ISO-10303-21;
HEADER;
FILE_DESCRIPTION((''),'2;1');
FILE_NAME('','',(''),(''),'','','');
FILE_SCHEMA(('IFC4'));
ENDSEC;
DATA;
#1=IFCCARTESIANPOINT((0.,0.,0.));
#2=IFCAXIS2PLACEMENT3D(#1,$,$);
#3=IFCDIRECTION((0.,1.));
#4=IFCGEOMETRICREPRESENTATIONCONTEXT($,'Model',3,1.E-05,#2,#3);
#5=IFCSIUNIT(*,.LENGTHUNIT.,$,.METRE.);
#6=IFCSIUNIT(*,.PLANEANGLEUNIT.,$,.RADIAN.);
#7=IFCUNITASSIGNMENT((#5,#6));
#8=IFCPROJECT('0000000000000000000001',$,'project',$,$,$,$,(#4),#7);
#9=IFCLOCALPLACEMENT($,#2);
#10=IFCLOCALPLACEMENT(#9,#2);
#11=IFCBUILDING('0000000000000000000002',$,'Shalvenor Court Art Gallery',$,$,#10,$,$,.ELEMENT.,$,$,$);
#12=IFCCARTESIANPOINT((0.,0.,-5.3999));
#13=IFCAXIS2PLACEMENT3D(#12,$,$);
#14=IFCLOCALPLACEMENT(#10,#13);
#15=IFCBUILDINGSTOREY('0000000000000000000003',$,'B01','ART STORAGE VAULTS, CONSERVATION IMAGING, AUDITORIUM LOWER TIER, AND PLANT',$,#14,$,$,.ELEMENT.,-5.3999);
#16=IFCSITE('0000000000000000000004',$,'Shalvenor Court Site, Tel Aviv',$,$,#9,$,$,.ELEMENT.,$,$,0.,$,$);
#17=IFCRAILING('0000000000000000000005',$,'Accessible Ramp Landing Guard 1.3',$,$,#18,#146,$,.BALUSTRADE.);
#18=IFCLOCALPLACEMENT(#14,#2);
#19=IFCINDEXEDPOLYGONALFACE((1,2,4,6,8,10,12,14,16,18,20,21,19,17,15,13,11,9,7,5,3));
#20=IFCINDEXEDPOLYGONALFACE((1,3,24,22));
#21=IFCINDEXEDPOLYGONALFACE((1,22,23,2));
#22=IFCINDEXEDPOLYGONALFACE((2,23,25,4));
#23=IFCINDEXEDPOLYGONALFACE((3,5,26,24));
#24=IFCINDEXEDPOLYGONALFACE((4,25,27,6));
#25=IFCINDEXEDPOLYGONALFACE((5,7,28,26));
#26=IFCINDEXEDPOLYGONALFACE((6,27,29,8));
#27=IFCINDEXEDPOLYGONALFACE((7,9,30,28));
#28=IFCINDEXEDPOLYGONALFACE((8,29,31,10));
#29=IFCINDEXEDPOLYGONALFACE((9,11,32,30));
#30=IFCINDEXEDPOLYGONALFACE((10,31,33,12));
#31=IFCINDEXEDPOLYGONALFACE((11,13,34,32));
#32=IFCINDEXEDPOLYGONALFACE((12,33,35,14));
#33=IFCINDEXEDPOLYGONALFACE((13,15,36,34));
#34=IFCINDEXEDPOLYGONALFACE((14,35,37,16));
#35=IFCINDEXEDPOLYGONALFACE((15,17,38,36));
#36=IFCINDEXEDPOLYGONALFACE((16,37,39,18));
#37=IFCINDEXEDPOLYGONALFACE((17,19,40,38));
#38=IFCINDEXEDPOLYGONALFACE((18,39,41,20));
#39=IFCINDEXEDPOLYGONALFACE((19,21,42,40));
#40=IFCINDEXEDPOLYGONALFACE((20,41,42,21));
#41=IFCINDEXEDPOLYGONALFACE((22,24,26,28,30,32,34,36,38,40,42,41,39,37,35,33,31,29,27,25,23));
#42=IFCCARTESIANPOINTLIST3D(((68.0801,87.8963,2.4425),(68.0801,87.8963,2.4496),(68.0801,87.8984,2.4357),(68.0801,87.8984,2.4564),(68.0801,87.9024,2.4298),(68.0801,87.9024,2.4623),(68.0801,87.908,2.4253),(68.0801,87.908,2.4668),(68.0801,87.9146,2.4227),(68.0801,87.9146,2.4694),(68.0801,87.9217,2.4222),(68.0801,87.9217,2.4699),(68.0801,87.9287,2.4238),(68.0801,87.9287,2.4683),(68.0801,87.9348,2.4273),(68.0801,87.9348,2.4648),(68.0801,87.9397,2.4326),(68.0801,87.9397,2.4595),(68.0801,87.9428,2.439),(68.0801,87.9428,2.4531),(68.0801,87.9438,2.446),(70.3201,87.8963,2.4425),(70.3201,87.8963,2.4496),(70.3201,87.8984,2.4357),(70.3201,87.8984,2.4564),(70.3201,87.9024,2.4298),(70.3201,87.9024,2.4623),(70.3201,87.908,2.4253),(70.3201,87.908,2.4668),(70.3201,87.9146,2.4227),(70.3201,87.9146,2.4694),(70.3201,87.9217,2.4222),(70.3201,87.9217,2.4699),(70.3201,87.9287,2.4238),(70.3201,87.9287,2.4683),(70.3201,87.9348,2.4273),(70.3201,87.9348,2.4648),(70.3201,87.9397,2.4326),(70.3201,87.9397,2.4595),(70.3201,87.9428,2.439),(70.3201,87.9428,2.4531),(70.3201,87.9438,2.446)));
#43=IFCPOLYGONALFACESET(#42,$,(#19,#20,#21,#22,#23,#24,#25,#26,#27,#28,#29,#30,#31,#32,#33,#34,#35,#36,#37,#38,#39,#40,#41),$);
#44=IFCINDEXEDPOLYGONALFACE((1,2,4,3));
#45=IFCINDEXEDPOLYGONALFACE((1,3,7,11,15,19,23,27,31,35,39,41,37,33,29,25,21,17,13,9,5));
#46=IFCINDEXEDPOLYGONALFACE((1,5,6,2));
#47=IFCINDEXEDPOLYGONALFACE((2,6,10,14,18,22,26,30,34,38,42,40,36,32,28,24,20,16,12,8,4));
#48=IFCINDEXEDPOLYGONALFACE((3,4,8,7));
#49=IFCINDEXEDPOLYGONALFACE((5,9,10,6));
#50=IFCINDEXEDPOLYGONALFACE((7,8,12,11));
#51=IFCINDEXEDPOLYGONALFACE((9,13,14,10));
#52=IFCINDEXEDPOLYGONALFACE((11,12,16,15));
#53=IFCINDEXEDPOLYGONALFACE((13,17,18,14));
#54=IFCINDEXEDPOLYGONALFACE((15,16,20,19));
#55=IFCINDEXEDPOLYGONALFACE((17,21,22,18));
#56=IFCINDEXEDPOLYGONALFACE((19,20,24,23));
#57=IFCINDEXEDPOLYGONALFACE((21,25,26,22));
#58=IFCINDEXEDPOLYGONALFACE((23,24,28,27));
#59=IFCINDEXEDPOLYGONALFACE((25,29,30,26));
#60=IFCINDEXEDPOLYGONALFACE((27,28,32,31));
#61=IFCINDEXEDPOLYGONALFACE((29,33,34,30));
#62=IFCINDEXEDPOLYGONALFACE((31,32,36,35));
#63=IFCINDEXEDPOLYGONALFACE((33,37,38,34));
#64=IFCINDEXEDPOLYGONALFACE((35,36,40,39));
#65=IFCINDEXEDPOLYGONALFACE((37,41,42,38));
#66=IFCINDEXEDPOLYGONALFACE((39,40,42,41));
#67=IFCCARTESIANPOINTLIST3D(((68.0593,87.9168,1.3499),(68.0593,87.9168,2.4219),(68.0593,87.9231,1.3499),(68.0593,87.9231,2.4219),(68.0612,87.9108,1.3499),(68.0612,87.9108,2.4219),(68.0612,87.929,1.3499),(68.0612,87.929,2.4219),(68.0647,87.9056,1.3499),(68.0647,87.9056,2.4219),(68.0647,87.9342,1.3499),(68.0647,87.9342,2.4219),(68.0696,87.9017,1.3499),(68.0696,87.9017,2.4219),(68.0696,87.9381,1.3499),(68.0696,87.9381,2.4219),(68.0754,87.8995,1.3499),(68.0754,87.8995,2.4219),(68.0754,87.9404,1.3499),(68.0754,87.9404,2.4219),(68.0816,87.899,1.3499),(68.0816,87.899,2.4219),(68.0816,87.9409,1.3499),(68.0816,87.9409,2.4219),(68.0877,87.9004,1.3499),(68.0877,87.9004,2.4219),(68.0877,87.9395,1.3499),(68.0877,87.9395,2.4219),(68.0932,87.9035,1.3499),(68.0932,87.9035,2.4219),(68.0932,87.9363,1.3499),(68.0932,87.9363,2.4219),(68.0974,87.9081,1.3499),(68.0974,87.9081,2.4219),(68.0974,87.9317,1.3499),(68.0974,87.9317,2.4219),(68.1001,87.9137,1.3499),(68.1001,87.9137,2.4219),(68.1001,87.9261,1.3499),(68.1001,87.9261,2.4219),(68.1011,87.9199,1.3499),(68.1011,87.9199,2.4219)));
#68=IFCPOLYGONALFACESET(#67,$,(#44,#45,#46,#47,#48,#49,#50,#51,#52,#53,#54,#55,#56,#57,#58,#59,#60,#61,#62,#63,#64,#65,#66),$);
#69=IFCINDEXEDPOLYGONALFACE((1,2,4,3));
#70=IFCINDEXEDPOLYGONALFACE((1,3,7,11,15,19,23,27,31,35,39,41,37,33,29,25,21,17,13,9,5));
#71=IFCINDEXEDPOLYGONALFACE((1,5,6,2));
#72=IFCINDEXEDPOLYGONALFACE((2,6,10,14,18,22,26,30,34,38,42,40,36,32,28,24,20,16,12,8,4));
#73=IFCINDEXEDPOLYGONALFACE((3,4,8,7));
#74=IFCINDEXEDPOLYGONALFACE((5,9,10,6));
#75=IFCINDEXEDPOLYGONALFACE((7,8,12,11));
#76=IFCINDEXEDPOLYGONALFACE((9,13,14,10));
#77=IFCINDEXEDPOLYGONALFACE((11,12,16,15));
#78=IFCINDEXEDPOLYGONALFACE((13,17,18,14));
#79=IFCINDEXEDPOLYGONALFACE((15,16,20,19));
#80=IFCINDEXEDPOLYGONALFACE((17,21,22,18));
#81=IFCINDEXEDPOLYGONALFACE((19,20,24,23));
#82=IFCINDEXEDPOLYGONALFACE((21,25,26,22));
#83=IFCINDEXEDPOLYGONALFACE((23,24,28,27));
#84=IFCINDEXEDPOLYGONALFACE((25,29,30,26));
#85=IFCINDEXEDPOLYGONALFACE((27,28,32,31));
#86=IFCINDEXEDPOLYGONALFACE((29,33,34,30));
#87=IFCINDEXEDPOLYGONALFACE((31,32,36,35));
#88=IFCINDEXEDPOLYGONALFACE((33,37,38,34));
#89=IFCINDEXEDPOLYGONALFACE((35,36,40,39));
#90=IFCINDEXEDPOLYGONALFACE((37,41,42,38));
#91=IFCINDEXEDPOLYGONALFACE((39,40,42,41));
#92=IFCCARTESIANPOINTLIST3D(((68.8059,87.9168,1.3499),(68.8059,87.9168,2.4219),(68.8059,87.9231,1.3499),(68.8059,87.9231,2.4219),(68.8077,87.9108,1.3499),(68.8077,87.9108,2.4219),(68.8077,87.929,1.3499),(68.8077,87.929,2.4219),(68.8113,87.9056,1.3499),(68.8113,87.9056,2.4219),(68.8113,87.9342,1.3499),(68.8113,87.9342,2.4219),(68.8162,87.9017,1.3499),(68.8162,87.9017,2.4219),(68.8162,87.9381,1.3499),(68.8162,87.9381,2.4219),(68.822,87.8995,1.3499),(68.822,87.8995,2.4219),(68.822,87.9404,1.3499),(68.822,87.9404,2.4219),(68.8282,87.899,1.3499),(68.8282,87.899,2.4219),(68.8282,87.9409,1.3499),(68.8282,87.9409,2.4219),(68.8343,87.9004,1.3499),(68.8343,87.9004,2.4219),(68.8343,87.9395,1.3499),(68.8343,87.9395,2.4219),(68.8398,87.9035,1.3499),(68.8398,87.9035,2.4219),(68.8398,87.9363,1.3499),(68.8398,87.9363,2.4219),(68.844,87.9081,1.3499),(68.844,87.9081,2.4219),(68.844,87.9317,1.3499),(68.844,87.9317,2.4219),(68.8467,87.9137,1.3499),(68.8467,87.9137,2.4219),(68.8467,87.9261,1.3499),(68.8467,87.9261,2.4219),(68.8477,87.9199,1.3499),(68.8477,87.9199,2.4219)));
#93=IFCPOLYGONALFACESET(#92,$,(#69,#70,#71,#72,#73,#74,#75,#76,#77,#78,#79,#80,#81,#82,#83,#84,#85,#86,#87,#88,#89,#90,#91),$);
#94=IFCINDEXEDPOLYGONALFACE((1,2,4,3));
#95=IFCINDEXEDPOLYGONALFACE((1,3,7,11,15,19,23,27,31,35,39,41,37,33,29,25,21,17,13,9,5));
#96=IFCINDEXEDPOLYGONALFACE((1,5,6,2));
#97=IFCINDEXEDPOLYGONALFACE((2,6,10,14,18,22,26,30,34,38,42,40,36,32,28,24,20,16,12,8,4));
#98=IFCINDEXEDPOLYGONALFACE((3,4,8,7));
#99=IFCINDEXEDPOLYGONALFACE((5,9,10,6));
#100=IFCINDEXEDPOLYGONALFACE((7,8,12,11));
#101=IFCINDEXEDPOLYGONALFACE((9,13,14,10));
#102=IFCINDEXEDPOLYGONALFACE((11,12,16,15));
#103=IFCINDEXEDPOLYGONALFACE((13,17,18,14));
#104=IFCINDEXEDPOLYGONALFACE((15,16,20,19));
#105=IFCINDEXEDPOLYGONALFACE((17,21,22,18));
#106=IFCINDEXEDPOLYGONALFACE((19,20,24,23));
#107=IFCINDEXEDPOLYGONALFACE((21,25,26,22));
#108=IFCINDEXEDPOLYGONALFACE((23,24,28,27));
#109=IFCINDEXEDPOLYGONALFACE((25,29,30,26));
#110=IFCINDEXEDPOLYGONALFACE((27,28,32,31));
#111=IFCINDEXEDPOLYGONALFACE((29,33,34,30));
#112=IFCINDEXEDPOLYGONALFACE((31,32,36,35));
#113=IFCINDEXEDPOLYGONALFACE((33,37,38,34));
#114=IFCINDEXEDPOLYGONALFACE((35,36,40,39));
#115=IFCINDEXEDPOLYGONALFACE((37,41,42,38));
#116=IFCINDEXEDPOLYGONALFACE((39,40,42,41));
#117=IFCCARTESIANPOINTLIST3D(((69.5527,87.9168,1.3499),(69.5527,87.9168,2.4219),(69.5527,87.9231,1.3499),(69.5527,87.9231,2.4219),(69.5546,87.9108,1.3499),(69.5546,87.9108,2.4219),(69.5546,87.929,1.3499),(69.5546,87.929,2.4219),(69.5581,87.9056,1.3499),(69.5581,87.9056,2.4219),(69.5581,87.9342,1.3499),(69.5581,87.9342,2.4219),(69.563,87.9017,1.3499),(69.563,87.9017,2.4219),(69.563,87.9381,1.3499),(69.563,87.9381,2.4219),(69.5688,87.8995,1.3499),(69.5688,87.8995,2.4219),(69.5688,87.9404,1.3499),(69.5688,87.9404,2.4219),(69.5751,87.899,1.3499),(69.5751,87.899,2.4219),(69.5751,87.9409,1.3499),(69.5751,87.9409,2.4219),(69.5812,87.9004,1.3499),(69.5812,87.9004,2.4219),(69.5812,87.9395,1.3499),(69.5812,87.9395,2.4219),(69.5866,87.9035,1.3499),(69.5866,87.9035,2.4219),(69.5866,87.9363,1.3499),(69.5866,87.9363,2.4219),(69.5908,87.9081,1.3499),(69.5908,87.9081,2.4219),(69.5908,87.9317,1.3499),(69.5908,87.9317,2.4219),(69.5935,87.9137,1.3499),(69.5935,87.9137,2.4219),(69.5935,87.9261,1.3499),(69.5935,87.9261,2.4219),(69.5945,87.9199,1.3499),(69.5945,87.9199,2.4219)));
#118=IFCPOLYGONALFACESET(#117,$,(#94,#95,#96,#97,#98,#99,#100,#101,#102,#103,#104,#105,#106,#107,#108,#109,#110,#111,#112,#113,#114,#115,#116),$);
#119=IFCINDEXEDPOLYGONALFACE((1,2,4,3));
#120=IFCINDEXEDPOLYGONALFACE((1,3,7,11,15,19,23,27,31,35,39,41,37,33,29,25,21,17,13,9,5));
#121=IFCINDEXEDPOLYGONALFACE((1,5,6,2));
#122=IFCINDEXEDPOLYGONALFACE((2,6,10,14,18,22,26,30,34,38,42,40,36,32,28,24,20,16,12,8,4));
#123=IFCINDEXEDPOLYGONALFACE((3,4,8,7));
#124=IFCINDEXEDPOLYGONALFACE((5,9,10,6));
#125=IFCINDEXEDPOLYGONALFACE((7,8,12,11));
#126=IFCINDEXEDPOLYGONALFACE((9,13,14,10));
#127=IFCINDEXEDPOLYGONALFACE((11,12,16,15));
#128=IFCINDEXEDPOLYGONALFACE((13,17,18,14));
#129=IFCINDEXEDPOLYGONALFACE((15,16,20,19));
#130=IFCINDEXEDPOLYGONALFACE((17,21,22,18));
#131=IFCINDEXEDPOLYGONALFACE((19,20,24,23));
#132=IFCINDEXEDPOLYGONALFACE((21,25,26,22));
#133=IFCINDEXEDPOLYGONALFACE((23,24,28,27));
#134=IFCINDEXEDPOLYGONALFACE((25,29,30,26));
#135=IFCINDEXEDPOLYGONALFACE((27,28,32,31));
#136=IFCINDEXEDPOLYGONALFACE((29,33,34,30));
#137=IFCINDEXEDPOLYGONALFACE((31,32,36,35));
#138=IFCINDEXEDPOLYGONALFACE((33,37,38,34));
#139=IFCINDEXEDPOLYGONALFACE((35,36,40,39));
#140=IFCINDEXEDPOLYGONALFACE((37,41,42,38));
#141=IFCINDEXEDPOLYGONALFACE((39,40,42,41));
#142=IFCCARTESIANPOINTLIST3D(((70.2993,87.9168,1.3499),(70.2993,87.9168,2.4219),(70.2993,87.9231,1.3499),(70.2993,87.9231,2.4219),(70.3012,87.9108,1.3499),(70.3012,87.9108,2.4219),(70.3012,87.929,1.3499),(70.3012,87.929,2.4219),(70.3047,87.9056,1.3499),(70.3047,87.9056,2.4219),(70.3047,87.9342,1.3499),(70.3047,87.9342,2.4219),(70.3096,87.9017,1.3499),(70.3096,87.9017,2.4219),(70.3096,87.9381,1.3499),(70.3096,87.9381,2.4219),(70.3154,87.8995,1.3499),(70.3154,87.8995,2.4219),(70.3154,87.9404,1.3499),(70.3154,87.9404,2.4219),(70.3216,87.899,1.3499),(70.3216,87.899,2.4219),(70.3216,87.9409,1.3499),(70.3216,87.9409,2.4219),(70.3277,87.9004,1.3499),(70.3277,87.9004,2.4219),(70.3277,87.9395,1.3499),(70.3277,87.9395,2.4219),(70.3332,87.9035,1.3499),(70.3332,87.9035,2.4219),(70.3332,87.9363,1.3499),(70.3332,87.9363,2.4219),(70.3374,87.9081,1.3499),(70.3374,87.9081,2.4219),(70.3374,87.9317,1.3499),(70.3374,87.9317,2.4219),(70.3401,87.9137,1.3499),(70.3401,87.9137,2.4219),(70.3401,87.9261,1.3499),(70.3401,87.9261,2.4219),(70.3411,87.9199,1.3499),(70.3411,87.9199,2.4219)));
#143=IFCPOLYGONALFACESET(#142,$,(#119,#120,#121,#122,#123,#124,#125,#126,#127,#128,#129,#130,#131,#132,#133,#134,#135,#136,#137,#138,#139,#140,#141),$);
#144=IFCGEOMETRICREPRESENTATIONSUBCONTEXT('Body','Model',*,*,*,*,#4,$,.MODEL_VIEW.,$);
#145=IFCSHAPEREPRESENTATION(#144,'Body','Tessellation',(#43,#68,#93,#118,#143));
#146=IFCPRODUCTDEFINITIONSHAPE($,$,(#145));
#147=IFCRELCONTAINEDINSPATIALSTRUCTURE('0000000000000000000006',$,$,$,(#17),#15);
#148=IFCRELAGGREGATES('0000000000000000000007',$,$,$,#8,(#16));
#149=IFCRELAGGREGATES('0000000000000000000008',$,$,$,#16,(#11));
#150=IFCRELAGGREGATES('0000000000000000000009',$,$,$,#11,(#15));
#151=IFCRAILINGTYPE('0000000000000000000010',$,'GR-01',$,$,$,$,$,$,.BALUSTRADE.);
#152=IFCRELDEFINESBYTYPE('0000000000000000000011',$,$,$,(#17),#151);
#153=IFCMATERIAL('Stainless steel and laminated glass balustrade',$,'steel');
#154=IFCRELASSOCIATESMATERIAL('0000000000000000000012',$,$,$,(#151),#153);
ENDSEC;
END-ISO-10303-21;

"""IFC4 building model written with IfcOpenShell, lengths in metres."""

from ifc_helpers import new_model, si_unit, direction, frame, origin, origin_2d, place, context, subcontext, project, spatial, circle, extrude, material, type_object, element, save


model = new_model("IFC4")

# Units and contexts
model_context = context("Model", 3, precision=1e-05, world=origin(), true_north=direction((0.0, 1.0)))
body_context = subcontext(model_context, "Body", "Model", "MODEL_VIEW")
ifc_project = project(units=[si_unit("LENGTHUNIT", "METRE"), si_unit("PLANEANGLEUNIT", "RADIAN")], contexts=[model_context])

# Site, building, storey
site_placement = place(None, origin())
site = spatial("IfcSite", under=ifc_project, at=site_placement, Name="Shalvenor Court Site, Tel Aviv", CompositionType="ELEMENT", RefElevation=0.0)
building_placement = place(site_placement, origin())
building = spatial("IfcBuilding", under=site, at=building_placement, Name="Shalvenor Court Art Gallery", CompositionType="ELEMENT")
storey_placement = place(building_placement, frame((0.0, 0.0, -5.3999)))
storey = spatial("IfcBuildingStorey", under=building, at=storey_placement, Name="B01", Description="ART STORAGE VAULTS, CONSERVATION IMAGING, AUDITORIUM LOWER TIER, AND PLANT", CompositionType="ELEMENT", Elevation=-5.3999)

# Railing
ifc_material_1 = material(Name="Stainless steel and laminated glass balustrade", Category="steel")
railing_type_1 = type_object("IfcRailingType", Name="GR-01", PredefinedType="BALUSTRADE", material=ifc_material_1)
for number, where, name in (
    (1, (68.0801, 87.9199, 1.3499), "Accessible Ramp Landing Guard 1.3"),
):
    element("IfcRailing", number, at=place(storey_placement, frame(where)), inside=storey, type_object=railing_type_1, Name=name, PredefinedType="BALUSTRADE", context=body_context, shape_type="SweptSolid", body=[
        extrude(circle(Radius=0.0239, at=origin_2d()), frame((0.0, 0.0, 1.0962), z_axis=(1.0, 0.0, 0.0), x_axis=(0.0, 1.0, 0.0)), (0.0, 0.0, 1.0), 2.24),
        extrude(circle(Radius=0.021, at=origin_2d()), origin(), (0.0, 0.0, 1.0), 1.072),
        extrude(circle(Radius=0.021, at=origin_2d()), frame((0.7466, 0.0, 0.0)), (0.0, 0.0, 1.0), 1.072),
        extrude(circle(Radius=0.021, at=origin_2d()), frame((1.4934, 0.0, 0.0)), (0.0, 0.0, 1.0), 1.072),
        extrude(circle(Radius=0.021, at=origin_2d()), frame((2.24, 0.0, 0.0)), (0.0, 0.0, 1.0), 1.072),
    ])

save(model, "model.ifc")
